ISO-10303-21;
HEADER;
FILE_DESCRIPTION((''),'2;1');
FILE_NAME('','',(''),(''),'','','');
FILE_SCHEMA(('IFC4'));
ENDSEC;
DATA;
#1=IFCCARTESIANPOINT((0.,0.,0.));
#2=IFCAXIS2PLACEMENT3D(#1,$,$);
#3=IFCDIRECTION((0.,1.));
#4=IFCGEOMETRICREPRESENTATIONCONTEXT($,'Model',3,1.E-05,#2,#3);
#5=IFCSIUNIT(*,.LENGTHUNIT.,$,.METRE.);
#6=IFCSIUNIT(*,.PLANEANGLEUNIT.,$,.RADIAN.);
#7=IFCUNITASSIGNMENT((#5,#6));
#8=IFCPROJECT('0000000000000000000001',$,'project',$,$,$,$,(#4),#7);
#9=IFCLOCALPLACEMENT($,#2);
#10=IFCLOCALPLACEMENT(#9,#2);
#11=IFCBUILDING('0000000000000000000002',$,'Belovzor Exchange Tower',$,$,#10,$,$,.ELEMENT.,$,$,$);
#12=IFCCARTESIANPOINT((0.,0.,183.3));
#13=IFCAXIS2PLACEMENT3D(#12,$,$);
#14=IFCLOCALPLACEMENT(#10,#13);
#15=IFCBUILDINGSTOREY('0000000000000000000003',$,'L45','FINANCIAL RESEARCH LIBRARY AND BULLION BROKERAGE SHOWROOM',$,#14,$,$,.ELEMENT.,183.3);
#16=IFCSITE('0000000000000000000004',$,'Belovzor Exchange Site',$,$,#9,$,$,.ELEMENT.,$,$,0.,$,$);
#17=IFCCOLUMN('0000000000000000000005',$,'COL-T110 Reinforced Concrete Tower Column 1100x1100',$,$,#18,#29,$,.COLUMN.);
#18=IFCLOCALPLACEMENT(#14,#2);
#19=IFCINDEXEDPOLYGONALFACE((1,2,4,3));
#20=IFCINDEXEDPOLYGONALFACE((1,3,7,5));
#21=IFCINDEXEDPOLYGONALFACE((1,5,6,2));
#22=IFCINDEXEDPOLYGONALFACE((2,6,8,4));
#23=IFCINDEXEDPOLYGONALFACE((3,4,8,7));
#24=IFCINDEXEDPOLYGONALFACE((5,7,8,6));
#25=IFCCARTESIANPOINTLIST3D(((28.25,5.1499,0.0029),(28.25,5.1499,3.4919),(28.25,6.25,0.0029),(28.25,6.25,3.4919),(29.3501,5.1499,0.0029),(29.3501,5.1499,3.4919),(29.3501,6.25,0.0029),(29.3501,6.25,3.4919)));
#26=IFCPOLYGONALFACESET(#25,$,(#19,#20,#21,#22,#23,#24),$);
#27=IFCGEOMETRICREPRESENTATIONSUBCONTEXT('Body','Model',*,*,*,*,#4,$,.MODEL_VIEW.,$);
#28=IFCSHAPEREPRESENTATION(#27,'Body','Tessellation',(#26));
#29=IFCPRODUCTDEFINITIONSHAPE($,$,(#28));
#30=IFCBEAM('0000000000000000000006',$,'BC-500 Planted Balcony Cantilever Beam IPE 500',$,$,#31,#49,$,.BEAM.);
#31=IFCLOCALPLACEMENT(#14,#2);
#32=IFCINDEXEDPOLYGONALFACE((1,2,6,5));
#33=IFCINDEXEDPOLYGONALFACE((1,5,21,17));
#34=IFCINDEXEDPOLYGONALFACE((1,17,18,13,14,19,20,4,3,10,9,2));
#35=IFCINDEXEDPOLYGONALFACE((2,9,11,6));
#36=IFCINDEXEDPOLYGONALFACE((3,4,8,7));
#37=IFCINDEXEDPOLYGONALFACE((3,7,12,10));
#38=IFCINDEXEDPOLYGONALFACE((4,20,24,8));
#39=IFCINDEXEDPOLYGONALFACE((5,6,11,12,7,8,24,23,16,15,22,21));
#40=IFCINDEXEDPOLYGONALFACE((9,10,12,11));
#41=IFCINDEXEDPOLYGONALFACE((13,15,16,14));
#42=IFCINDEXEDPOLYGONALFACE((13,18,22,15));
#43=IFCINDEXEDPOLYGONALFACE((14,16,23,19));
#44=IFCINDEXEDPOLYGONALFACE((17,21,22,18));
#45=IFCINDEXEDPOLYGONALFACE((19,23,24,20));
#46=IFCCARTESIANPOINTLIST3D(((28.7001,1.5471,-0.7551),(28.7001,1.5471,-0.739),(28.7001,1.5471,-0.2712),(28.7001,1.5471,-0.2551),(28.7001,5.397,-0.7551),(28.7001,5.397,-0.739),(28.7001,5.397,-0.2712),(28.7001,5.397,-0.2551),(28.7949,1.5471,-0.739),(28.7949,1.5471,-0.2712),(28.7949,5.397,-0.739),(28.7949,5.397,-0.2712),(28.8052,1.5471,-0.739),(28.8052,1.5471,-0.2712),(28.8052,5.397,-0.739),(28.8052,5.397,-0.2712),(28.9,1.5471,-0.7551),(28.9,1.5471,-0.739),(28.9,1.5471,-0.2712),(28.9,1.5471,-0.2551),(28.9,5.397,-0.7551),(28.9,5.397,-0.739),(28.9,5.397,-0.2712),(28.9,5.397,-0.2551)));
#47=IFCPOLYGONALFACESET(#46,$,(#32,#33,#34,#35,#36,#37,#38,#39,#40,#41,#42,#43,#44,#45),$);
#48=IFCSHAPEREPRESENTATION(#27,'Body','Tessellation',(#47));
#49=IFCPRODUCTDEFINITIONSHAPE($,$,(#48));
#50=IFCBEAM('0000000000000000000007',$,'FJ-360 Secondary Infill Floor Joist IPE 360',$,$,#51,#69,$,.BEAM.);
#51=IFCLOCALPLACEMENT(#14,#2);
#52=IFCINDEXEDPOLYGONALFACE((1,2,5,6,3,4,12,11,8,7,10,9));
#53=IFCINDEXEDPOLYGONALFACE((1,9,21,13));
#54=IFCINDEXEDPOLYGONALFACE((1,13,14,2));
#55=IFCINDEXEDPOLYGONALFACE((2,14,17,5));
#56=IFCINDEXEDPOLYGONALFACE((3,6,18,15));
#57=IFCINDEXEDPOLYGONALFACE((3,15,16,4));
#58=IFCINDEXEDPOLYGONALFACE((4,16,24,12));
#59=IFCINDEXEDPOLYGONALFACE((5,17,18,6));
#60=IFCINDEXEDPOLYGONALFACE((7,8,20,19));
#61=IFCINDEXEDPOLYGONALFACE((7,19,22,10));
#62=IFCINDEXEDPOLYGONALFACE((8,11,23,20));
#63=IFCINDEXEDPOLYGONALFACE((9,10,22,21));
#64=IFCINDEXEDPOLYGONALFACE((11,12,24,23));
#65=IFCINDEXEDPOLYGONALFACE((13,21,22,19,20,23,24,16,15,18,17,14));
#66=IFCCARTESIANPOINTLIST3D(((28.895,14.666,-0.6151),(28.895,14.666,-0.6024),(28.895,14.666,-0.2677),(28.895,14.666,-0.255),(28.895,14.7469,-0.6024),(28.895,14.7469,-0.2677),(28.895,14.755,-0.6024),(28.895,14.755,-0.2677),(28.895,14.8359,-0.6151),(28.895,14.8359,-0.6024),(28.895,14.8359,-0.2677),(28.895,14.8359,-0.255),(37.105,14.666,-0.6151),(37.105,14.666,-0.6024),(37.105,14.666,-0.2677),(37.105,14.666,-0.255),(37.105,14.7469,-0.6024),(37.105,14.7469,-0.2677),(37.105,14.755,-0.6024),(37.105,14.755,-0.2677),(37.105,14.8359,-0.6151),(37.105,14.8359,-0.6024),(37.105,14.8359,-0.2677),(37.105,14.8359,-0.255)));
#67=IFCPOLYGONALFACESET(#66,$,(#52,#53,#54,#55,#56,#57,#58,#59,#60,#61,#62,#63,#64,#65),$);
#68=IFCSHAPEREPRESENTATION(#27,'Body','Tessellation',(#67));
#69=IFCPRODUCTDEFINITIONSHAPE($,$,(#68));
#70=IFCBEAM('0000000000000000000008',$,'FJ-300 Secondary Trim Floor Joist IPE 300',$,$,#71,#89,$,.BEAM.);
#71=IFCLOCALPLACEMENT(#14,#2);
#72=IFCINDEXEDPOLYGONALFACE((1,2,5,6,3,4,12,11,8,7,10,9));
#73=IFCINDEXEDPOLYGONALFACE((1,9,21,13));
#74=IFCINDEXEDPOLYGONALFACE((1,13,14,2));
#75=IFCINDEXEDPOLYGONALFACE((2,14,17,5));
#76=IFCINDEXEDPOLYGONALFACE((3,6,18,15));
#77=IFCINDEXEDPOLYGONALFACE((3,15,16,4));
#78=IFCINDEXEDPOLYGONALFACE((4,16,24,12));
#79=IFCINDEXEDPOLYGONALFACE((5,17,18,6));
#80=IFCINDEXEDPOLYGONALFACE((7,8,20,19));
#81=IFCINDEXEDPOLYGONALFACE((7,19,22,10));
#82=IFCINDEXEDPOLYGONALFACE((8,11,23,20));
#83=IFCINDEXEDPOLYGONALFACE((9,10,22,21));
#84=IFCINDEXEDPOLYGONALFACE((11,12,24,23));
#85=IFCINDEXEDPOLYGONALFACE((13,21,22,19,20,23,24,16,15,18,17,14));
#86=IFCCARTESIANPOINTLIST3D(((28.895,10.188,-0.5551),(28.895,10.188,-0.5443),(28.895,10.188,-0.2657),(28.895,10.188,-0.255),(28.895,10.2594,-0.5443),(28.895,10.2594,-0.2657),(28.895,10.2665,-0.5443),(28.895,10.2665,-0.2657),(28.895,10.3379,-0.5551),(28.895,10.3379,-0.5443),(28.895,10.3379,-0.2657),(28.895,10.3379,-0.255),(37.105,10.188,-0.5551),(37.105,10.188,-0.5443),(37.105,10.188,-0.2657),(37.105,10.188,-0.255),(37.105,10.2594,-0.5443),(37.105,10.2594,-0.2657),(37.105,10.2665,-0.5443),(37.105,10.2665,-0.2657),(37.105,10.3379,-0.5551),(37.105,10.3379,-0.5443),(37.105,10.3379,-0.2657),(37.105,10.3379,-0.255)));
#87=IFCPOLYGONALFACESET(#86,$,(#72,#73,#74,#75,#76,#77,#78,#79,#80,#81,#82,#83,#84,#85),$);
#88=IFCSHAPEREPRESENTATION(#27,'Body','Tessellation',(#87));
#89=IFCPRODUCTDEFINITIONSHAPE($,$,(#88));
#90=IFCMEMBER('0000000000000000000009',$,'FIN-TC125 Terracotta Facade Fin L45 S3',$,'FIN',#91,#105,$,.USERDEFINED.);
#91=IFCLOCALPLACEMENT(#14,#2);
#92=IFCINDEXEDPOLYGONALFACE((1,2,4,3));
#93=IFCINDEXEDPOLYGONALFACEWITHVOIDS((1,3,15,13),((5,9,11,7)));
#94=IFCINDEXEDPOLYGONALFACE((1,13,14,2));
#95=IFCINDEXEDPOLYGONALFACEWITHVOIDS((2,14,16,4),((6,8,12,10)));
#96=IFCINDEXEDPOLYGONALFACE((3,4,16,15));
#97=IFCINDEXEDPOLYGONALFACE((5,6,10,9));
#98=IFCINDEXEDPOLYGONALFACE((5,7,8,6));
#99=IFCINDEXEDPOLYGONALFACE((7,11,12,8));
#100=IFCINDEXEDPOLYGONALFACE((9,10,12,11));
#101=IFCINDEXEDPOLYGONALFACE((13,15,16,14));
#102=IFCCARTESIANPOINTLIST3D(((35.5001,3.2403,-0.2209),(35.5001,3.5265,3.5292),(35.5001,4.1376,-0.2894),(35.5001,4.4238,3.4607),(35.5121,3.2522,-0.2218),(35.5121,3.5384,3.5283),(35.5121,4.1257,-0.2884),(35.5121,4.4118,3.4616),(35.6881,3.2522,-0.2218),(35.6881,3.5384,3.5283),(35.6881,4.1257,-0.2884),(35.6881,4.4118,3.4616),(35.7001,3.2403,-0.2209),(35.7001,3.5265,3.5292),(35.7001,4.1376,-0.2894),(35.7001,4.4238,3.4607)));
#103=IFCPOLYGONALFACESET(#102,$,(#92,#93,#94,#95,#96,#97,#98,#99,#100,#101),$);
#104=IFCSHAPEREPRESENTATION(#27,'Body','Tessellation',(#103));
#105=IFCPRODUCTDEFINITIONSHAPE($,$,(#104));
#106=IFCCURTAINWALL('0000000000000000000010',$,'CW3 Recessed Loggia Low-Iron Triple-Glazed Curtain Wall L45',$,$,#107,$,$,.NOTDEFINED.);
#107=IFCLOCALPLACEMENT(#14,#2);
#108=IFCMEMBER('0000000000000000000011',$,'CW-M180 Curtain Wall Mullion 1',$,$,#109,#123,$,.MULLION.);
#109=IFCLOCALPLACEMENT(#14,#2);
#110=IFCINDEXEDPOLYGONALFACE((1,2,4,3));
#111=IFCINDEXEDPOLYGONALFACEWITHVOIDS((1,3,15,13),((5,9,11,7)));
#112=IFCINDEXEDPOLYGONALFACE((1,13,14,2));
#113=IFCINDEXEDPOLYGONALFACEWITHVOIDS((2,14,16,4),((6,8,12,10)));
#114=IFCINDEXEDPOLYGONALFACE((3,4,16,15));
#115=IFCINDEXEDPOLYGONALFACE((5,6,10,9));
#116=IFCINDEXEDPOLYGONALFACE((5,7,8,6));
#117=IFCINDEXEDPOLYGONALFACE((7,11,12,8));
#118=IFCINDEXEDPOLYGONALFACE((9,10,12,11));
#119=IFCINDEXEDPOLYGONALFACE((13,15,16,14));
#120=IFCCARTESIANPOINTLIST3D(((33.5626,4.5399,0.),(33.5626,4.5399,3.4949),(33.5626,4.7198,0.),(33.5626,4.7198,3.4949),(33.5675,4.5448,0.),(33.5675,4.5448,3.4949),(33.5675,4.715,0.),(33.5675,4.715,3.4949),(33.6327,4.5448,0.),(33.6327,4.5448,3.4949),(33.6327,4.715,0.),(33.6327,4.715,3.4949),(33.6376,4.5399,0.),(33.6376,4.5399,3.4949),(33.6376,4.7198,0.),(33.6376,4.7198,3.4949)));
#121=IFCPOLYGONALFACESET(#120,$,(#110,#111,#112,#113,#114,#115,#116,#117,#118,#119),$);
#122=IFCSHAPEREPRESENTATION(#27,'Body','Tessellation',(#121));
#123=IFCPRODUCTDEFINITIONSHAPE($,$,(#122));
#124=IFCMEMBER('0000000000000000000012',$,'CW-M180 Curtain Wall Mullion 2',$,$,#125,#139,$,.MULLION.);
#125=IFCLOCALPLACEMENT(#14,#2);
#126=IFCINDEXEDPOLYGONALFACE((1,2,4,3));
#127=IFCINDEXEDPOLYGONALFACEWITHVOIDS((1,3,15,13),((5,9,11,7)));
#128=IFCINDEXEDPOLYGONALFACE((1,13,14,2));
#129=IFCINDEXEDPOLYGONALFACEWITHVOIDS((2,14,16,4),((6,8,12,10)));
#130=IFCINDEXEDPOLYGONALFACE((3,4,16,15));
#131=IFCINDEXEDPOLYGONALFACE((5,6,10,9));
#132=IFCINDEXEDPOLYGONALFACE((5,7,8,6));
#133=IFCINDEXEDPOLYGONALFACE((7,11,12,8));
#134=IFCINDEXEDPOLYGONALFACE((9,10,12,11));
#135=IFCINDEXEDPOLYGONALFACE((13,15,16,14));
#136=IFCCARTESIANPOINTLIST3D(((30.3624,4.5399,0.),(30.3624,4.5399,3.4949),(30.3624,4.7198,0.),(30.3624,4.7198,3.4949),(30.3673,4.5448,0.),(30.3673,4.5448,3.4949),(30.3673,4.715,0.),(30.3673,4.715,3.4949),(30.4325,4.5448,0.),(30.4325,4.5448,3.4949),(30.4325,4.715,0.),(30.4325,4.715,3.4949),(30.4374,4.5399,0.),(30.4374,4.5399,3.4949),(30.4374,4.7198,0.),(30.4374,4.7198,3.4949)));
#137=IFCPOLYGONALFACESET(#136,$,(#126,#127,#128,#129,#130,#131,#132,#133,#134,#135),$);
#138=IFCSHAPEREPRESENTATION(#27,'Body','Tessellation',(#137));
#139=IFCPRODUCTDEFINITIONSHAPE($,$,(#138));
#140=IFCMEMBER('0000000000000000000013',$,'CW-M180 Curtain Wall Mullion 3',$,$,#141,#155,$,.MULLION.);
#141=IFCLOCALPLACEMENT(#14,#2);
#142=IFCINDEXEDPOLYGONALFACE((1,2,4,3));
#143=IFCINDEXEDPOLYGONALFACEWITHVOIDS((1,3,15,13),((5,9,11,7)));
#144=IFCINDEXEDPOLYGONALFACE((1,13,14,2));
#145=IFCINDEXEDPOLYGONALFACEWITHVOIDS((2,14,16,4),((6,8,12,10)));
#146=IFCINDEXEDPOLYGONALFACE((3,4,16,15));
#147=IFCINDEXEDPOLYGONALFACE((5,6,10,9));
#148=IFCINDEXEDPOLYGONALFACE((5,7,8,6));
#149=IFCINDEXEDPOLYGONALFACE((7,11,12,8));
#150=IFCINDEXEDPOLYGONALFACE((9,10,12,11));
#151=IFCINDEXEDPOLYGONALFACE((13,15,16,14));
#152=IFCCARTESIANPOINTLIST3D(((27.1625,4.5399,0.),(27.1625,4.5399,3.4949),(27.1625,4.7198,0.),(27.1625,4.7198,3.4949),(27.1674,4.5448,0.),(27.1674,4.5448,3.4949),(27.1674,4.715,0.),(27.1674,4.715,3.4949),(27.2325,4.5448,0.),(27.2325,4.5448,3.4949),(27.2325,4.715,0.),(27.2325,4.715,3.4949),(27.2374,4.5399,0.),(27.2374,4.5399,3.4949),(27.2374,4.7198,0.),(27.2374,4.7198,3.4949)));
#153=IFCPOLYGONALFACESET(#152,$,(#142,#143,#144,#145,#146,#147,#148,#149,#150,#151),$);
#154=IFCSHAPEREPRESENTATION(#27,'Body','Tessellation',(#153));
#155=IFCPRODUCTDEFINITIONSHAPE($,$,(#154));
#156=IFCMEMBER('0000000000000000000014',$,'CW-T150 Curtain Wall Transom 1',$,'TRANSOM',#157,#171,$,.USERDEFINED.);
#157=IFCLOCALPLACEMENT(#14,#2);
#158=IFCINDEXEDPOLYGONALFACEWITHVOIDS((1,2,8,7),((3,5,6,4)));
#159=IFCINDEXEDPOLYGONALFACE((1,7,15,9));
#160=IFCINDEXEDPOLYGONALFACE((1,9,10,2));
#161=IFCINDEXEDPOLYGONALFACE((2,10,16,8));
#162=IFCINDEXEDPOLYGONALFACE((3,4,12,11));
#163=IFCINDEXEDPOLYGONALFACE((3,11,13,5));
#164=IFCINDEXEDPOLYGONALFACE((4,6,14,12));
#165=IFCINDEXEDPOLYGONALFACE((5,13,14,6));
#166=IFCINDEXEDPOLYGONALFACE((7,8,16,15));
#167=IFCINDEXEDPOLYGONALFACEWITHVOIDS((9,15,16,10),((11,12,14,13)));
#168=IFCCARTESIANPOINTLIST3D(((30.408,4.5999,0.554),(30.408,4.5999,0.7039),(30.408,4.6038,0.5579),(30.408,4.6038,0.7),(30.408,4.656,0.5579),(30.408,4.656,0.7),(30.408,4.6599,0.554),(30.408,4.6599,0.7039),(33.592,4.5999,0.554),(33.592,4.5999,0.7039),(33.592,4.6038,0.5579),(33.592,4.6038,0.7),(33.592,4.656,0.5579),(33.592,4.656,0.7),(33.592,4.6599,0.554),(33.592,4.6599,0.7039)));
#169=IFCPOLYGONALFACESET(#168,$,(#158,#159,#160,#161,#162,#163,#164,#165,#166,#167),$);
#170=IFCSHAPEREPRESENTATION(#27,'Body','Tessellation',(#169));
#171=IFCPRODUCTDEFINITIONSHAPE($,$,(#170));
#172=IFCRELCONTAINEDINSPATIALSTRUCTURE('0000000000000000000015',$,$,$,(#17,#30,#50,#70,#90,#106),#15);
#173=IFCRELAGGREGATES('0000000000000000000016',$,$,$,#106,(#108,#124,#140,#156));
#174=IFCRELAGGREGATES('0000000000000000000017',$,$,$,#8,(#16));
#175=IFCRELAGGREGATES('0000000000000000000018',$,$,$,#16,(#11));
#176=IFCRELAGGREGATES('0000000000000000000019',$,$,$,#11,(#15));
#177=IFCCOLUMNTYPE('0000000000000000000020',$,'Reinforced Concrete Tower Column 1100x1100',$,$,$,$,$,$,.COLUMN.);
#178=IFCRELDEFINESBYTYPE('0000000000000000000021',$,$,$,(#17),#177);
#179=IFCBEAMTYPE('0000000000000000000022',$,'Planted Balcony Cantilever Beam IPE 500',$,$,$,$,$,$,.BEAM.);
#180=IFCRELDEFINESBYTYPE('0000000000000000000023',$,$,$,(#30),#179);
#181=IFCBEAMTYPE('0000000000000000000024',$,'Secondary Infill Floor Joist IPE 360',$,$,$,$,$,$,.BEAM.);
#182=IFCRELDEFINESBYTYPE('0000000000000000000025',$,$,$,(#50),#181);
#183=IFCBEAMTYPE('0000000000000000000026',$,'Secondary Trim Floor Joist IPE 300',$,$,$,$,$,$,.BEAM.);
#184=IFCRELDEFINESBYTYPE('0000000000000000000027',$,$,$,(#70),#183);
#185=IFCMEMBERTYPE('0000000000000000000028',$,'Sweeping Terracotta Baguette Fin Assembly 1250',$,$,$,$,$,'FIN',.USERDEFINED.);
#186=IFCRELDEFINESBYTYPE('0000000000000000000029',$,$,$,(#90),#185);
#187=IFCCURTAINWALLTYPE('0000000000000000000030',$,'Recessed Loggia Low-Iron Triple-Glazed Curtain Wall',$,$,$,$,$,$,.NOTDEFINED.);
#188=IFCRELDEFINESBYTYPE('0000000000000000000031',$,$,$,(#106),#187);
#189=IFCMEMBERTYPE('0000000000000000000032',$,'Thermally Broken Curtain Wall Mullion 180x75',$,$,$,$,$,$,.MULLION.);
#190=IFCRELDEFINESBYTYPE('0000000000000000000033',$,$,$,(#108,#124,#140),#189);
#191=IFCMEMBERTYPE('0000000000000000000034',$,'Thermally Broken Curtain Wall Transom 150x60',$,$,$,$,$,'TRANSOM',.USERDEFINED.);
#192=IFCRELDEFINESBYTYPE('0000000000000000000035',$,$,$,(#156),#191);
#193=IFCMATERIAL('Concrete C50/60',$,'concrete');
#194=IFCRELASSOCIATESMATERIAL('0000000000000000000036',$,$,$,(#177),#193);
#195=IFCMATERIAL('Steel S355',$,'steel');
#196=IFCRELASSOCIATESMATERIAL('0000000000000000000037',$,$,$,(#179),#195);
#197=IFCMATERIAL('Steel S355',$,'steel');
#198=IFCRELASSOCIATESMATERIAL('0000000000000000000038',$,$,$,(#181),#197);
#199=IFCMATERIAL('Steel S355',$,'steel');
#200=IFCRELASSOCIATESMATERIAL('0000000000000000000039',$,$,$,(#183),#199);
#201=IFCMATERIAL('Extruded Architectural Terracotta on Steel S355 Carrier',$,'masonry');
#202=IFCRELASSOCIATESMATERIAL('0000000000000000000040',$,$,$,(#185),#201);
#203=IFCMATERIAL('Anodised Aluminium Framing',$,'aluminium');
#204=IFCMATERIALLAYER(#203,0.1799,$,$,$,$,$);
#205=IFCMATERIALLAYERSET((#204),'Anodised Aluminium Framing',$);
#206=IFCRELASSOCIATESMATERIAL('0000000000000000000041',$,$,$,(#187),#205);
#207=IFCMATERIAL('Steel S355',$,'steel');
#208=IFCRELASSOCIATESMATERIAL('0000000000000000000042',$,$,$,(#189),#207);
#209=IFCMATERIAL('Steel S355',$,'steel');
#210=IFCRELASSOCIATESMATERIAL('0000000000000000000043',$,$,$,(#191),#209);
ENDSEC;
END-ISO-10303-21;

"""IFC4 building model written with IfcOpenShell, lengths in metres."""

from ifc_helpers import new_model, si_unit, direction, frame, origin, origin_2d, place, context, subcontext, project, spatial, rectangle, hollow_rectangle, i_section, extrude, material, layer, layer_set, material_profile, profile_set, type_object, element, aggregate, save


model = new_model("IFC4")

# Units and contexts
model_context = context("Model", 3, precision=1e-05, world=origin(), true_north=direction((0.0, 1.0)))
body_context = subcontext(model_context, "Body", "Model", "MODEL_VIEW")
ifc_project = project(units=[si_unit("LENGTHUNIT", "METRE"), si_unit("PLANEANGLEUNIT", "RADIAN")], contexts=[model_context])

# Site, building, storey
site_placement = place(None, origin())
site = spatial("IfcSite", under=ifc_project, at=site_placement, Name="Belovzor Exchange Site", CompositionType="ELEMENT", RefElevation=0.0)
building_placement = place(site_placement, origin())
building = spatial("IfcBuilding", under=site, at=building_placement, Name="Belovzor Exchange Tower", CompositionType="ELEMENT")
storey_placement = place(building_placement, frame((0.0, 0.0, 183.3)))
storey = spatial("IfcBuildingStorey", under=building, at=storey_placement, Name="L45", Description="FINANCIAL RESEARCH LIBRARY AND BULLION BROKERAGE SHOWROOM", CompositionType="ELEMENT", Elevation=183.3)

# Column
ifc_material_1 = material(Name="Concrete C50/60", Category="concrete")
ifc_material_profile_1 = material_profile(ifc_material_1, rectangle(XDim=1.1001, YDim=1.1001, at=origin_2d()))
ifc_profile_set_1 = profile_set([ifc_material_profile_1], Name="Concrete C50/60")
column_type = type_object("IfcColumnType", Name="Reinforced Concrete Tower Column 1100x1100", PredefinedType="COLUMN", material=ifc_profile_set_1)
column_placement = place(storey_placement, frame((28.8, 5.7, 0.0029), z_axis=(0.0, 0.0, 1.0), x_axis=(1.0, 0.0, 0.0)))
element("IfcColumn", 1, at=column_placement, inside=storey, type_object=column_type, Name="COL-T110 Reinforced Concrete Tower Column 1100x1100", PredefinedType="COLUMN", context=body_context, shape_type="SweptSolid", body=[
    extrude(rectangle(XDim=1.1001, YDim=1.1001, at=origin_2d()), origin(), (0.0, 0.0, 1.0), 3.489),
])

# Beams
ifc_material_2 = material(Name="Steel S355", Category="steel")
ifc_material_profile_2 = material_profile(ifc_material_2, i_section(OverallWidth=0.2, OverallDepth=0.5, WebThickness=0.0103, FlangeThickness=0.0161, at=origin_2d()))
ifc_profile_set_2 = profile_set([ifc_material_profile_2], Name="Steel S355")
beam_type_1 = type_object("IfcBeamType", Name="Planted Balcony Cantilever Beam IPE 500", PredefinedType="BEAM", material=ifc_profile_set_2)
beam_1_placement = place(storey_placement, frame((28.8, 5.397, -0.5051), z_axis=(0.0, -1.0, 0.0), x_axis=(1.0, 0.0, 0.0)))
element("IfcBeam", 2, at=beam_1_placement, inside=storey, type_object=beam_type_1, Name="BC-500 Planted Balcony Cantilever Beam IPE 500", PredefinedType="BEAM", context=body_context, shape_type="SweptSolid", body=[
    extrude(i_section(OverallWidth=0.2, OverallDepth=0.5, WebThickness=0.0103, FlangeThickness=0.0161, at=origin_2d()), origin(), (0.0, 0.0, 1.0), 3.8499),
])
ifc_material_3 = material(Name="Steel S355", Category="steel")
ifc_material_profile_3 = material_profile(ifc_material_3, i_section(OverallWidth=0.1699, OverallDepth=0.3601, WebThickness=0.0081, FlangeThickness=0.0127, at=origin_2d()))
ifc_profile_set_3 = profile_set([ifc_material_profile_3], Name="Steel S355")
beam_type_2 = type_object("IfcBeamType", Name="Secondary Infill Floor Joist IPE 360", PredefinedType="BEAM", material=ifc_profile_set_3)
beam_2_placement = place(storey_placement, frame((28.895, 14.751, -0.4351), z_axis=(1.0, 0.0, 0.0), x_axis=(0.0, 1.0, 0.0)))
element("IfcBeam", 3, at=beam_2_placement, inside=storey, type_object=beam_type_2, Name="FJ-360 Secondary Infill Floor Joist IPE 360", PredefinedType="BEAM", context=body_context, shape_type="SweptSolid", body=[
    extrude(i_section(OverallWidth=0.1699, OverallDepth=0.3601, WebThickness=0.0081, FlangeThickness=0.0127, at=origin_2d()), origin(), (0.0, 0.0, 1.0), 8.21),
])
ifc_material_4 = material(Name="Steel S355", Category="steel")
ifc_material_profile_4 = material_profile(ifc_material_4, i_section(OverallWidth=0.1499, OverallDepth=0.3, WebThickness=0.0071, FlangeThickness=0.0107, at=origin_2d()))
ifc_profile_set_4 = profile_set([ifc_material_profile_4], Name="Steel S355")
beam_type_3 = type_object("IfcBeamType", Name="Secondary Trim Floor Joist IPE 300", PredefinedType="BEAM", material=ifc_profile_set_4)
beam_3_placement = place(storey_placement, frame((28.895, 10.2629, -0.405), z_axis=(1.0, 0.0, 0.0), x_axis=(0.0, 1.0, 0.0)))
element("IfcBeam", 4, at=beam_3_placement, inside=storey, type_object=beam_type_3, Name="FJ-300 Secondary Trim Floor Joist IPE 300", PredefinedType="BEAM", context=body_context, shape_type="SweptSolid", body=[
    extrude(i_section(OverallWidth=0.1499, OverallDepth=0.3, WebThickness=0.0071, FlangeThickness=0.0107, at=origin_2d()), origin(), (0.0, 0.0, 1.0), 8.21),
])

# Member
ifc_material_5 = material(Name="Extruded Architectural Terracotta on Steel S355 Carrier", Category="masonry")
ifc_material_profile_5 = material_profile(ifc_material_5, hollow_rectangle(XDim=0.2, YDim=0.8999, WallThickness=0.012, at=origin_2d()))
ifc_profile_set_5 = profile_set([ifc_material_profile_5], Name="Extruded Architectural Terracotta on Steel S355 Carrier")
member_type_1 = type_object("IfcMemberType", Name="Sweeping Terracotta Baguette Fin Assembly 1250", ElementType="FIN", PredefinedType="USERDEFINED", material=ifc_profile_set_5)
member_1_placement = place(storey_placement, frame((35.6001, 3.689, -0.2551), z_axis=(0.0, 0.076081, 0.997102), x_axis=(-1.0, 0.0, 0.0)))
element("IfcMember", 5, at=member_1_placement, inside=storey, type_object=member_type_1, Name="FIN-TC125 Terracotta Facade Fin L45 S3", ObjectType="FIN", PredefinedType="USERDEFINED", context=body_context, shape_type="SweptSolid", body=[
    extrude(hollow_rectangle(XDim=0.2, YDim=0.8999, WallThickness=0.012, at=origin_2d()), origin(), (0.0, 0.0, 1.0), 3.761),
])

# Curtain wall, members
ifc_material_6 = material(Name="Anodised Aluminium Framing", Category="aluminium")
ifc_layer_1 = layer(ifc_material_6, 0.1799)
ifc_layer_set_1 = layer_set([ifc_layer_1], Name="Anodised Aluminium Framing")
curtain_wall_type = type_object("IfcCurtainWallType", Name="Recessed Loggia Low-Iron Triple-Glazed Curtain Wall", PredefinedType="NOTDEFINED", material=ifc_layer_set_1)
curtain_wall_placement = place(storey_placement, origin())
curtain_wall = element("IfcCurtainWall", 6, at=curtain_wall_placement, inside=storey, type_object=curtain_wall_type, Name="CW3 Recessed Loggia Low-Iron Triple-Glazed Curtain Wall L45", PredefinedType="NOTDEFINED")
ifc_material_7 = material(Name="Steel S355", Category="steel")
ifc_material_profile_6 = material_profile(ifc_material_7, hollow_rectangle(XDim=0.075, YDim=0.1799, WallThickness=0.0049, at=origin_2d()))
ifc_profile_set_6 = profile_set([ifc_material_profile_6], Name="Steel S355")
member_type_2 = type_object("IfcMemberType", Name="Thermally Broken Curtain Wall Mullion 180x75", PredefinedType="MULLION", material=ifc_profile_set_6)
member_2_placement = place(storey_placement, frame((33.6001, 4.6299, 0.0), z_axis=(0.0, 0.0, 1.0), x_axis=(-1.0, 0.0, 0.0)))
member_2 = element("IfcMember", 7, at=member_2_placement, type_object=member_type_2, Name="CW-M180 Curtain Wall Mullion 1", PredefinedType="MULLION", context=body_context, shape_type="SweptSolid", body=[
    extrude(hollow_rectangle(XDim=0.075, YDim=0.1799, WallThickness=0.0049, at=origin_2d()), origin(), (0.0, 0.0, 1.0), 3.4949),
])
member_3_placement = place(storey_placement, frame((30.3999, 4.6299, 0.0), z_axis=(0.0, 0.0, 1.0), x_axis=(-1.0, 0.0, 0.0)))
member_3 = element("IfcMember", 8, at=member_3_placement, type_object=member_type_2, Name="CW-M180 Curtain Wall Mullion 2", PredefinedType="MULLION", context=body_context, shape_type="SweptSolid", body=[
    extrude(hollow_rectangle(XDim=0.075, YDim=0.1799, WallThickness=0.0049, at=origin_2d()), origin(), (0.0, 0.0, 1.0), 3.4949),
])
member_4_placement = place(storey_placement, frame((27.2, 4.6299, 0.0), z_axis=(0.0, 0.0, 1.0), x_axis=(-1.0, 0.0, 0.0)))
member_4 = element("IfcMember", 9, at=member_4_placement, type_object=member_type_2, Name="CW-M180 Curtain Wall Mullion 3", PredefinedType="MULLION", context=body_context, shape_type="SweptSolid", body=[
    extrude(hollow_rectangle(XDim=0.075, YDim=0.1799, WallThickness=0.0049, at=origin_2d()), origin(), (0.0, 0.0, 1.0), 3.4949),
])
ifc_material_8 = material(Name="Steel S355", Category="steel")
ifc_material_profile_7 = material_profile(ifc_material_8, hollow_rectangle(XDim=0.0601, YDim=0.1499, WallThickness=0.0039, at=origin_2d()))
ifc_profile_set_7 = profile_set([ifc_material_profile_7], Name="Steel S355")
member_type_3 = type_object("IfcMemberType", Name="Thermally Broken Curtain Wall Transom 150x60", ElementType="TRANSOM", PredefinedType="USERDEFINED", material=ifc_profile_set_7)
member_5_placement = place(storey_placement, frame((33.592, 4.6299, 0.6289), z_axis=(-1.0, 0.0, 0.0), x_axis=(0.0, -1.0, 0.0)))
member_5 = element("IfcMember", 10, at=member_5_placement, type_object=member_type_3, Name="CW-T150 Curtain Wall Transom 1", ObjectType="TRANSOM", PredefinedType="USERDEFINED", context=body_context, shape_type="SweptSolid", body=[
    extrude(hollow_rectangle(XDim=0.0601, YDim=0.1499, WallThickness=0.0039, at=origin_2d()), origin(), (0.0, 0.0, 1.0), 3.1841),
])

aggregate(curtain_wall, [member_2, member_3, member_4, member_5])

save(model, "model.ifc")
